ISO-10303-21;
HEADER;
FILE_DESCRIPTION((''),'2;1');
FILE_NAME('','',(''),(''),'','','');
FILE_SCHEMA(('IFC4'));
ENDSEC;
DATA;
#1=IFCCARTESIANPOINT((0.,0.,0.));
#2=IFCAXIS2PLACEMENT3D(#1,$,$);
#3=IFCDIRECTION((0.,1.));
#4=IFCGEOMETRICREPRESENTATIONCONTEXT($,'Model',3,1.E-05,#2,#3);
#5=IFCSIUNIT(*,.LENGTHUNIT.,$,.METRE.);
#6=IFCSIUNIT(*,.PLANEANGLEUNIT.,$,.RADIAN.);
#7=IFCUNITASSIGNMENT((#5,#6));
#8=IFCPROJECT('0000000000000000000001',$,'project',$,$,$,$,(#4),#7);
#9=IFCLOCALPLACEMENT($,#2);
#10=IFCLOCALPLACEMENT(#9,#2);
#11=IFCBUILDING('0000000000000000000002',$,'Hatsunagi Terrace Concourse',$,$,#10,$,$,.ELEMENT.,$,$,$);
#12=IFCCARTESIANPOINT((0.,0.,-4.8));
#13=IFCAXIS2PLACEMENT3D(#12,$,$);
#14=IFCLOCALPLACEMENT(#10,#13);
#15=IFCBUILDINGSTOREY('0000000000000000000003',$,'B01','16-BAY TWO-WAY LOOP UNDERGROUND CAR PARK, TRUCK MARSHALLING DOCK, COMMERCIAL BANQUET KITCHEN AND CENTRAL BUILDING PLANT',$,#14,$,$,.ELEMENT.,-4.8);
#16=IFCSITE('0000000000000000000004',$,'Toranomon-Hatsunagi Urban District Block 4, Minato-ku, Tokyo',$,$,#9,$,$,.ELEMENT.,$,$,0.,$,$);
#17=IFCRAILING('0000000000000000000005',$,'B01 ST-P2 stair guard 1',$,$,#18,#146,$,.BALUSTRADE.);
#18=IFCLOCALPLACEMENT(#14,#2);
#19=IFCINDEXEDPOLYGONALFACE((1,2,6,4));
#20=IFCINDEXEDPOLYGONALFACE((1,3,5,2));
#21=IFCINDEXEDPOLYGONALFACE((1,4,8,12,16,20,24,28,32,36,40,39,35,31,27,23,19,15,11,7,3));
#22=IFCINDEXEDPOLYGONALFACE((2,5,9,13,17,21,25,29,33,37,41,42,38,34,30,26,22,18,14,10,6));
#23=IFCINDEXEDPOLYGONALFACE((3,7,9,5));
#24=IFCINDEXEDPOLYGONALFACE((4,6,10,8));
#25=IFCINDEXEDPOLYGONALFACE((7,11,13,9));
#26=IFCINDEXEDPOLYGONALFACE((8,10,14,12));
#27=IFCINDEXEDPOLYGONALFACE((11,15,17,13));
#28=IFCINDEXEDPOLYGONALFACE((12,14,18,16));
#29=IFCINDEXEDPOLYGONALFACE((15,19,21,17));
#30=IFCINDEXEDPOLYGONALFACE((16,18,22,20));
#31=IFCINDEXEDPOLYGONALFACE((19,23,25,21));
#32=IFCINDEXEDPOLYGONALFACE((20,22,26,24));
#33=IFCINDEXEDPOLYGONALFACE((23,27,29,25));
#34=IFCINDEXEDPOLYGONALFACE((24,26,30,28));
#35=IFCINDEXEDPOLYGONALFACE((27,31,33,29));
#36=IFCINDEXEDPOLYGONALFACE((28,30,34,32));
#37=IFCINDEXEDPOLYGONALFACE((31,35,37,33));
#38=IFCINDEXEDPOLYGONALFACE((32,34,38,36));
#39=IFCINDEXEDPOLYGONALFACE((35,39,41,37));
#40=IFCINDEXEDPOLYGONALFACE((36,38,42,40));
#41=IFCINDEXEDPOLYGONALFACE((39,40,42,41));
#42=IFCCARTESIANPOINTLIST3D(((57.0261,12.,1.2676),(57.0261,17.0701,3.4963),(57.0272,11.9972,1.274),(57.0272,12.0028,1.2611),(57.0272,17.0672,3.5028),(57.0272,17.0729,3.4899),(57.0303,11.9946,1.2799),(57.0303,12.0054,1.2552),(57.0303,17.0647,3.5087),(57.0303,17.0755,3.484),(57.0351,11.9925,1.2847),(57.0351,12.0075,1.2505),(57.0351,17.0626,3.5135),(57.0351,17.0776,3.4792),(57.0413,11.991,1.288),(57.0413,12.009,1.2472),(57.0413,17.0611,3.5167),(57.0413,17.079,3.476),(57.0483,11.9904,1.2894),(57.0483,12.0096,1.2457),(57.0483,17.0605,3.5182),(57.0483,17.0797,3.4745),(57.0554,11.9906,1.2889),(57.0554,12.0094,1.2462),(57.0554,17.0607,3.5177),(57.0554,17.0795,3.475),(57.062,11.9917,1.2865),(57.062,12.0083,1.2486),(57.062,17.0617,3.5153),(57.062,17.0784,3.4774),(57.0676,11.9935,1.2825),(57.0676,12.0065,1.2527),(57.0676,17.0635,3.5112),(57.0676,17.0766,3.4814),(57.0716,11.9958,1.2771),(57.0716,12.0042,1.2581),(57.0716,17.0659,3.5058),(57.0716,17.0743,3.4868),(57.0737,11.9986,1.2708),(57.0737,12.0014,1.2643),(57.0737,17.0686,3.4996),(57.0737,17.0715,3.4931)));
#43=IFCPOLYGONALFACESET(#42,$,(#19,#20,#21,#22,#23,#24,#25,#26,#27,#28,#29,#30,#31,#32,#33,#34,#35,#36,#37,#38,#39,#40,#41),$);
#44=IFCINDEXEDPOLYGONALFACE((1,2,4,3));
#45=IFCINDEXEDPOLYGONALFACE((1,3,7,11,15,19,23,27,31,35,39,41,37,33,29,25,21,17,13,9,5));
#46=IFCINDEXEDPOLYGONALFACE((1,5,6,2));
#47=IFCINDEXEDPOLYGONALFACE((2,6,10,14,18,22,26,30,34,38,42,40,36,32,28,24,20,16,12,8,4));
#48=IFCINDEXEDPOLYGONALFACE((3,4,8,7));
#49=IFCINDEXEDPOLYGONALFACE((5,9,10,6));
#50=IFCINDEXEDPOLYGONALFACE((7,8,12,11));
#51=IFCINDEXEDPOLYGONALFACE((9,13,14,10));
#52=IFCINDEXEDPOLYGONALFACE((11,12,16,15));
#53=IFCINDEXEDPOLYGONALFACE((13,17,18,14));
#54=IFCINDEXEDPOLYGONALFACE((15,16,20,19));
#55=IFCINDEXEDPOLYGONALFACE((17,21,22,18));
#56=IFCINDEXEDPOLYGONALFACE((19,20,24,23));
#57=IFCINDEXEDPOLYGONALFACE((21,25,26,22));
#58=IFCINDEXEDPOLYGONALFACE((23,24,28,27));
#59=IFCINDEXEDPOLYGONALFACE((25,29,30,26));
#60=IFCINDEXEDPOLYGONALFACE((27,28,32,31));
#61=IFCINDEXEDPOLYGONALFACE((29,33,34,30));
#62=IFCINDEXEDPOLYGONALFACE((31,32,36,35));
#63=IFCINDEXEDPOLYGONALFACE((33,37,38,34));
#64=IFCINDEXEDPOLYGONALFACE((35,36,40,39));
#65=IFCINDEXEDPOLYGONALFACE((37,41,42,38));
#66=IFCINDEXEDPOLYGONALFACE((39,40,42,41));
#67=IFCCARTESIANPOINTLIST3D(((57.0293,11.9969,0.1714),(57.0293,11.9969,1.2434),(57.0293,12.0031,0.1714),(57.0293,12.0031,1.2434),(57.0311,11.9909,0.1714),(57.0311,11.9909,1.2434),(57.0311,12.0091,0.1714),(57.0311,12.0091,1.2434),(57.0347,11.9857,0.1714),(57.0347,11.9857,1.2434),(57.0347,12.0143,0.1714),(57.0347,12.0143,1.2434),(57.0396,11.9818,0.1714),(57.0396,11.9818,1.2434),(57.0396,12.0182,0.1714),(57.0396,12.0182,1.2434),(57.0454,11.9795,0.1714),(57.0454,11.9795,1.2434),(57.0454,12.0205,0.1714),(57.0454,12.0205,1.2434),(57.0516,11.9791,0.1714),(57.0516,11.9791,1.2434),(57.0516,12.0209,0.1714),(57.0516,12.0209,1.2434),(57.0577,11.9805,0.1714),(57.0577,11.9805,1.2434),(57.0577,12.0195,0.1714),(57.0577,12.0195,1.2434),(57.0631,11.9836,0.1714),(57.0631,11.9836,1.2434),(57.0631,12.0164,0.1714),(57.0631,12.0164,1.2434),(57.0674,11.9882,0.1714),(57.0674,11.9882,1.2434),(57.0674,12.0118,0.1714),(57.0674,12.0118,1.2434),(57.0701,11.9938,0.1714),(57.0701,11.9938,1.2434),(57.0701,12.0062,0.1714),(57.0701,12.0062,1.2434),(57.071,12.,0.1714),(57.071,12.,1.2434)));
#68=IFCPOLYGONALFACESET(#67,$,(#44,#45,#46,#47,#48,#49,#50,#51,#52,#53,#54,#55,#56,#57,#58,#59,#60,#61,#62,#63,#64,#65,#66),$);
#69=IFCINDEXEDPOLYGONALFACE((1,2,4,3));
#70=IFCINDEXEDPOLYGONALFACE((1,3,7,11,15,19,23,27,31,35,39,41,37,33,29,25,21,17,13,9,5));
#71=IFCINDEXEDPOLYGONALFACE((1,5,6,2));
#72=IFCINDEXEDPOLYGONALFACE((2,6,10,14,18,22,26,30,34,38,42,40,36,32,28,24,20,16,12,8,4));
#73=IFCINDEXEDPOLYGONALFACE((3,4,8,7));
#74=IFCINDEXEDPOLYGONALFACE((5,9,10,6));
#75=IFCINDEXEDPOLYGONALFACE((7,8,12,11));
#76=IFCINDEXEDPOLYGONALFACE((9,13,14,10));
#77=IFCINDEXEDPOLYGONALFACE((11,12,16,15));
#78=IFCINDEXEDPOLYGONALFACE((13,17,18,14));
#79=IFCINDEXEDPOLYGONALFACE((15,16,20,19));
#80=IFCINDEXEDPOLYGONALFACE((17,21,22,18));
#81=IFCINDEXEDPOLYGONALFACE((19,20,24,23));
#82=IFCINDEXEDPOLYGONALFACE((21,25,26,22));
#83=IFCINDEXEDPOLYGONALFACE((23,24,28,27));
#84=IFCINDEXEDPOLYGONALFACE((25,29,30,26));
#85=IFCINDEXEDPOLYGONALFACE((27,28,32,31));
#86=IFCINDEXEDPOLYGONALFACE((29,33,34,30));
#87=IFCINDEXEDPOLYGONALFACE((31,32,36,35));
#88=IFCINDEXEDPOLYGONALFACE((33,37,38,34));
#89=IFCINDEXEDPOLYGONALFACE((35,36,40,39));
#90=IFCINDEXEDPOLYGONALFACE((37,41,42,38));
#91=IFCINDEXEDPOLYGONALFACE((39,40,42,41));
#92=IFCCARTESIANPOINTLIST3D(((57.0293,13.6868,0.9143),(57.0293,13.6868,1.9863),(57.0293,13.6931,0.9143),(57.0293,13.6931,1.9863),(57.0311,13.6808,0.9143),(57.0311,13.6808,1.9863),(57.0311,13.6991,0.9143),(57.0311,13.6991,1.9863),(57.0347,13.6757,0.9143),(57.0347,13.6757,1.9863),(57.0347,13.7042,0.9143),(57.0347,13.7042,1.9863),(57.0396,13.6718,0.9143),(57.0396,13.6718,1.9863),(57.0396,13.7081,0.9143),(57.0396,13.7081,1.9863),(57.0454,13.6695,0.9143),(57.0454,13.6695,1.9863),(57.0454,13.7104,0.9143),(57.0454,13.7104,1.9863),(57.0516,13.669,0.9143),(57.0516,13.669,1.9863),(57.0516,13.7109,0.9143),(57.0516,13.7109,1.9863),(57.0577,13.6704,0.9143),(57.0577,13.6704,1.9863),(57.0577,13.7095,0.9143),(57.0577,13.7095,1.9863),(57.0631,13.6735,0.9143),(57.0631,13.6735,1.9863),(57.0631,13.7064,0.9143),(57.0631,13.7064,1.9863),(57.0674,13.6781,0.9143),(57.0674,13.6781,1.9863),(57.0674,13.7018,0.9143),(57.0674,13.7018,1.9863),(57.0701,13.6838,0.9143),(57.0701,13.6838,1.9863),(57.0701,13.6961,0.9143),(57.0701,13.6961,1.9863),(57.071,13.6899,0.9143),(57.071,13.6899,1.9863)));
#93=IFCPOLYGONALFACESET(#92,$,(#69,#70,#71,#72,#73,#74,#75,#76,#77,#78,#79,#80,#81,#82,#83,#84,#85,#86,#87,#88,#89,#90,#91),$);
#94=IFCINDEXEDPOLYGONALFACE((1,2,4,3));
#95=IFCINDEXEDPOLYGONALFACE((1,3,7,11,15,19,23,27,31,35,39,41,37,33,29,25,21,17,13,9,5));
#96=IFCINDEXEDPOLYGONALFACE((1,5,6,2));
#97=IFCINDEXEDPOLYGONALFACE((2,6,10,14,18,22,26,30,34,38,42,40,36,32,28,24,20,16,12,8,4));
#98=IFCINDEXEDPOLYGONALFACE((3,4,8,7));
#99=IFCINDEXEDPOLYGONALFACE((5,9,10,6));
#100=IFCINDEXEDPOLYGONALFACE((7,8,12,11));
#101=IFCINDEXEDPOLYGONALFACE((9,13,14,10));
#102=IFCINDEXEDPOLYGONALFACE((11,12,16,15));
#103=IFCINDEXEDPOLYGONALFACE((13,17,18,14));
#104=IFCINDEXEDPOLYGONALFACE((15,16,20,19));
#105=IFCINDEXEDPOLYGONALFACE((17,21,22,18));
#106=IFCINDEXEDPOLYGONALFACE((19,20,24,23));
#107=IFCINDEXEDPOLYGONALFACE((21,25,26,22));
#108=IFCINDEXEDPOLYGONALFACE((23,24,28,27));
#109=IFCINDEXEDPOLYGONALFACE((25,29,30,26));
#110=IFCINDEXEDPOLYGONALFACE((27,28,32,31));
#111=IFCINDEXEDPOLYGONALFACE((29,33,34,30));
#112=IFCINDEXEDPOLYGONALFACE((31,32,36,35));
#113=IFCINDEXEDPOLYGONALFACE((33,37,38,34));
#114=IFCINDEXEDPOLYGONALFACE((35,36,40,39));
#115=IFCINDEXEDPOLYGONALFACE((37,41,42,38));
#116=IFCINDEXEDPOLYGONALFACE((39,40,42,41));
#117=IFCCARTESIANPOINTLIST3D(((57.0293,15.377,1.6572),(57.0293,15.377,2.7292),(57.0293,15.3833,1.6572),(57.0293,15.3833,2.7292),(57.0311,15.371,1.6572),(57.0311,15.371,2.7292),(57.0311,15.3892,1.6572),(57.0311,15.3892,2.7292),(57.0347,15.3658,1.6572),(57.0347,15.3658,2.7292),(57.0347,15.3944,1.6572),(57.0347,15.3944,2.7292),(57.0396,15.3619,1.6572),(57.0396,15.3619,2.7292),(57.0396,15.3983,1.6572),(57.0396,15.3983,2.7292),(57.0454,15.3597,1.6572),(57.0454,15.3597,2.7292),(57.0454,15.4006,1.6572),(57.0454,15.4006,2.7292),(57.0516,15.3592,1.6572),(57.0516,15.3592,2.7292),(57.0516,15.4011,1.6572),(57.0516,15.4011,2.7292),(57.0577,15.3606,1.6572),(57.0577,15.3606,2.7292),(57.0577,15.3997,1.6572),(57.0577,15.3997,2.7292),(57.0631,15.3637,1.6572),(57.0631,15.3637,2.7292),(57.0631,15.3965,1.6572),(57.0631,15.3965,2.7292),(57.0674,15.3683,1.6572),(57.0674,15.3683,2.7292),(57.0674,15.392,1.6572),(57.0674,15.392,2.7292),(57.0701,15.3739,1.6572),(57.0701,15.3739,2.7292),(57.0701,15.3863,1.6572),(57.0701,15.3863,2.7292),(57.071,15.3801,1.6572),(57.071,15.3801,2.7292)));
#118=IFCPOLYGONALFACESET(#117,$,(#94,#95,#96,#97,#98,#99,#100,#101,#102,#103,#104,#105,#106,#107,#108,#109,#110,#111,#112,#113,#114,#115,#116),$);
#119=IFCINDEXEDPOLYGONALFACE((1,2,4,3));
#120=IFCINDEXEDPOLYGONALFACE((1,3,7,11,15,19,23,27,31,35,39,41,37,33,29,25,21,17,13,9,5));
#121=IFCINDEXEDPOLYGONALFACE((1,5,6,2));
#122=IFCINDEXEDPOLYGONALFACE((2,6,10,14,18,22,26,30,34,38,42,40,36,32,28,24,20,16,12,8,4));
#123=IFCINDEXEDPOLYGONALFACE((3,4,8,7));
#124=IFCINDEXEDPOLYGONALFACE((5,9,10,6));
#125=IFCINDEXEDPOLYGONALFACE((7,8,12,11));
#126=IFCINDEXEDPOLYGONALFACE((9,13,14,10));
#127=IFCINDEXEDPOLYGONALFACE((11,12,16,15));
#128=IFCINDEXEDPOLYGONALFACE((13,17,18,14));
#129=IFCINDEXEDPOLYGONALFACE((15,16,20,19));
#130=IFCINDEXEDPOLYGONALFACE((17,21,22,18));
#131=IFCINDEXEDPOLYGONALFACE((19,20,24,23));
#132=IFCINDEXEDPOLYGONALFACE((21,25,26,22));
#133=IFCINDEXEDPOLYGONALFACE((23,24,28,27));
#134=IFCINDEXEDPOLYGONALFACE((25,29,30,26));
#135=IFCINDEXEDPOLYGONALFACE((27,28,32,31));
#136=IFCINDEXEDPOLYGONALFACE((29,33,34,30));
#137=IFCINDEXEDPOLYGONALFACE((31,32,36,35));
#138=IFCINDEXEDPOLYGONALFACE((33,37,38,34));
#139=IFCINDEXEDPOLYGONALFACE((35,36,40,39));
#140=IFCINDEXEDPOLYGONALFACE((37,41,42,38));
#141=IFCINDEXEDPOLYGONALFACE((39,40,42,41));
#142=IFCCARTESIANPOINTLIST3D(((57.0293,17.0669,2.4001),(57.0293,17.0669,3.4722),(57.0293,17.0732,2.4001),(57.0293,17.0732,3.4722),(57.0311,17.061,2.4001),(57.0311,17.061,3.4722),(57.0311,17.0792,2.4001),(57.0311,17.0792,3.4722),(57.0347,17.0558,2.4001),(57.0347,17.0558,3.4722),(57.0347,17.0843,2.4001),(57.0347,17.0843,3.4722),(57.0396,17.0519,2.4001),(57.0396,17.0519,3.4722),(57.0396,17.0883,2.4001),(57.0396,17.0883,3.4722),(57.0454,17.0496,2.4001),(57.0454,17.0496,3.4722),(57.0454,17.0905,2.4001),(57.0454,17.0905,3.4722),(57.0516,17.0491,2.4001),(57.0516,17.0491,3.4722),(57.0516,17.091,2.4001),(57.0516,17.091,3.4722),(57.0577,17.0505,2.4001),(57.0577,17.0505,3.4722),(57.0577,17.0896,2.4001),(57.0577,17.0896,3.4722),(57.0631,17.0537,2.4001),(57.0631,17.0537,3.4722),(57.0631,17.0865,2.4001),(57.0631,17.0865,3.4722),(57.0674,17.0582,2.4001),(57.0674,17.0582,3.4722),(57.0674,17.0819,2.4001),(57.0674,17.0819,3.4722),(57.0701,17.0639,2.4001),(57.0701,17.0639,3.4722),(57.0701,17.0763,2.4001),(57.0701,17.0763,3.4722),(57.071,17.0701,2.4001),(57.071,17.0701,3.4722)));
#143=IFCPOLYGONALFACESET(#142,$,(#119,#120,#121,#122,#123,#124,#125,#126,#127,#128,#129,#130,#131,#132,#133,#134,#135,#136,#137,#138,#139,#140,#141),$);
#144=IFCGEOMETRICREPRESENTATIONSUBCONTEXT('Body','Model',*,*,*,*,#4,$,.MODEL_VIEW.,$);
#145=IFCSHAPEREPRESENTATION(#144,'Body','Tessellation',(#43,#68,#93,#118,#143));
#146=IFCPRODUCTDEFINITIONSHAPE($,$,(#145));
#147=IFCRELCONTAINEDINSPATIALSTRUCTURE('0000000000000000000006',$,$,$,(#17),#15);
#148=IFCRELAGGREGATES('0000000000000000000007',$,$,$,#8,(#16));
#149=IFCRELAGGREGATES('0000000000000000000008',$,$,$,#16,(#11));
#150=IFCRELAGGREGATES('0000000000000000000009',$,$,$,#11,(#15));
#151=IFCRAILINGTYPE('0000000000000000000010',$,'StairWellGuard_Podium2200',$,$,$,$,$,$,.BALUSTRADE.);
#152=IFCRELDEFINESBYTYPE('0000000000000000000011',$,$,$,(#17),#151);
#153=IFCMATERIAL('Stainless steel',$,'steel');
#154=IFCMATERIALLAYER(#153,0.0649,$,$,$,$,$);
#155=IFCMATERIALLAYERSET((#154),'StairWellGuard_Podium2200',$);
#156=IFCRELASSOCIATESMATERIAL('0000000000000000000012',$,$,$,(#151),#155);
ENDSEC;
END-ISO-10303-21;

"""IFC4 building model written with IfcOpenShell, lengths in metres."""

from ifc_helpers import new_model, si_unit, direction, frame, origin, origin_2d, place, context, subcontext, project, spatial, circle, extrude, material, layer, layer_set, type_object, element, save


model = new_model("IFC4")

# Units and contexts
model_context = context("Model", 3, precision=1e-05, world=origin(), true_north=direction((0.0, 1.0)))
body_context = subcontext(model_context, "Body", "Model", "MODEL_VIEW")
ifc_project = project(units=[si_unit("LENGTHUNIT", "METRE"), si_unit("PLANEANGLEUNIT", "RADIAN")], contexts=[model_context])

# Site, building, storey
site_placement = place(None, origin())
site = spatial("IfcSite", under=ifc_project, at=site_placement, Name="Toranomon-Hatsunagi Urban District Block 4, Minato-ku, Tokyo", CompositionType="ELEMENT", RefElevation=0.0)
building_placement = place(site_placement, origin())
building = spatial("IfcBuilding", under=site, at=building_placement, Name="Hatsunagi Terrace Concourse", CompositionType="ELEMENT")
storey_placement = place(building_placement, frame((0.0, 0.0, -4.8)))
storey = spatial("IfcBuildingStorey", under=building, at=storey_placement, Name="B01", Description="16-BAY TWO-WAY LOOP UNDERGROUND CAR PARK, TRUCK MARSHALLING DOCK, COMMERCIAL BANQUET KITCHEN AND CENTRAL BUILDING PLANT", CompositionType="ELEMENT", Elevation=-4.8)

# Railing
ifc_material_1 = material(Name="Stainless steel", Category="steel")
ifc_layer_1 = layer(ifc_material_1, 0.0649)
ifc_layer_set_1 = layer_set([ifc_layer_1], Name="StairWellGuard_Podium2200")
railing_type_1 = type_object("IfcRailingType", Name="StairWellGuard_Podium2200", PredefinedType="BALUSTRADE", material=ifc_layer_set_1)
railing_1_placement = place(storey_placement, frame((57.05, 12.0, 0.1714)))
element("IfcRailing", 1, at=railing_1_placement, inside=storey, type_object=railing_type_1, Name="B01 ST-P2 stair guard 1", PredefinedType="BALUSTRADE", context=body_context, shape_type="SweptSolid", body=[
    extrude(circle(Radius=0.0239, at=origin_2d()), frame((0.0, 0.0, 1.0962), z_axis=(0.0, 0.915453, 0.402425), x_axis=(-1.0, 0.0, 0.0)), (0.0, 0.0, 1.0), 5.5383),
    extrude(circle(Radius=0.021, at=origin_2d()), origin(), (0.0, 0.0, 1.0), 1.072),
    extrude(circle(Radius=0.021, at=origin_2d()), frame((0.0, 1.6899, 0.7429)), (0.0, 0.0, 1.0), 1.072),
    extrude(circle(Radius=0.021, at=origin_2d()), frame((0.0, 3.3801, 1.4858)), (0.0, 0.0, 1.0), 1.072),
    extrude(circle(Radius=0.021, at=origin_2d()), frame((0.0, 5.0701, 2.2288)), (0.0, 0.0, 1.0), 1.072),
])

save(model, "model.ifc")
